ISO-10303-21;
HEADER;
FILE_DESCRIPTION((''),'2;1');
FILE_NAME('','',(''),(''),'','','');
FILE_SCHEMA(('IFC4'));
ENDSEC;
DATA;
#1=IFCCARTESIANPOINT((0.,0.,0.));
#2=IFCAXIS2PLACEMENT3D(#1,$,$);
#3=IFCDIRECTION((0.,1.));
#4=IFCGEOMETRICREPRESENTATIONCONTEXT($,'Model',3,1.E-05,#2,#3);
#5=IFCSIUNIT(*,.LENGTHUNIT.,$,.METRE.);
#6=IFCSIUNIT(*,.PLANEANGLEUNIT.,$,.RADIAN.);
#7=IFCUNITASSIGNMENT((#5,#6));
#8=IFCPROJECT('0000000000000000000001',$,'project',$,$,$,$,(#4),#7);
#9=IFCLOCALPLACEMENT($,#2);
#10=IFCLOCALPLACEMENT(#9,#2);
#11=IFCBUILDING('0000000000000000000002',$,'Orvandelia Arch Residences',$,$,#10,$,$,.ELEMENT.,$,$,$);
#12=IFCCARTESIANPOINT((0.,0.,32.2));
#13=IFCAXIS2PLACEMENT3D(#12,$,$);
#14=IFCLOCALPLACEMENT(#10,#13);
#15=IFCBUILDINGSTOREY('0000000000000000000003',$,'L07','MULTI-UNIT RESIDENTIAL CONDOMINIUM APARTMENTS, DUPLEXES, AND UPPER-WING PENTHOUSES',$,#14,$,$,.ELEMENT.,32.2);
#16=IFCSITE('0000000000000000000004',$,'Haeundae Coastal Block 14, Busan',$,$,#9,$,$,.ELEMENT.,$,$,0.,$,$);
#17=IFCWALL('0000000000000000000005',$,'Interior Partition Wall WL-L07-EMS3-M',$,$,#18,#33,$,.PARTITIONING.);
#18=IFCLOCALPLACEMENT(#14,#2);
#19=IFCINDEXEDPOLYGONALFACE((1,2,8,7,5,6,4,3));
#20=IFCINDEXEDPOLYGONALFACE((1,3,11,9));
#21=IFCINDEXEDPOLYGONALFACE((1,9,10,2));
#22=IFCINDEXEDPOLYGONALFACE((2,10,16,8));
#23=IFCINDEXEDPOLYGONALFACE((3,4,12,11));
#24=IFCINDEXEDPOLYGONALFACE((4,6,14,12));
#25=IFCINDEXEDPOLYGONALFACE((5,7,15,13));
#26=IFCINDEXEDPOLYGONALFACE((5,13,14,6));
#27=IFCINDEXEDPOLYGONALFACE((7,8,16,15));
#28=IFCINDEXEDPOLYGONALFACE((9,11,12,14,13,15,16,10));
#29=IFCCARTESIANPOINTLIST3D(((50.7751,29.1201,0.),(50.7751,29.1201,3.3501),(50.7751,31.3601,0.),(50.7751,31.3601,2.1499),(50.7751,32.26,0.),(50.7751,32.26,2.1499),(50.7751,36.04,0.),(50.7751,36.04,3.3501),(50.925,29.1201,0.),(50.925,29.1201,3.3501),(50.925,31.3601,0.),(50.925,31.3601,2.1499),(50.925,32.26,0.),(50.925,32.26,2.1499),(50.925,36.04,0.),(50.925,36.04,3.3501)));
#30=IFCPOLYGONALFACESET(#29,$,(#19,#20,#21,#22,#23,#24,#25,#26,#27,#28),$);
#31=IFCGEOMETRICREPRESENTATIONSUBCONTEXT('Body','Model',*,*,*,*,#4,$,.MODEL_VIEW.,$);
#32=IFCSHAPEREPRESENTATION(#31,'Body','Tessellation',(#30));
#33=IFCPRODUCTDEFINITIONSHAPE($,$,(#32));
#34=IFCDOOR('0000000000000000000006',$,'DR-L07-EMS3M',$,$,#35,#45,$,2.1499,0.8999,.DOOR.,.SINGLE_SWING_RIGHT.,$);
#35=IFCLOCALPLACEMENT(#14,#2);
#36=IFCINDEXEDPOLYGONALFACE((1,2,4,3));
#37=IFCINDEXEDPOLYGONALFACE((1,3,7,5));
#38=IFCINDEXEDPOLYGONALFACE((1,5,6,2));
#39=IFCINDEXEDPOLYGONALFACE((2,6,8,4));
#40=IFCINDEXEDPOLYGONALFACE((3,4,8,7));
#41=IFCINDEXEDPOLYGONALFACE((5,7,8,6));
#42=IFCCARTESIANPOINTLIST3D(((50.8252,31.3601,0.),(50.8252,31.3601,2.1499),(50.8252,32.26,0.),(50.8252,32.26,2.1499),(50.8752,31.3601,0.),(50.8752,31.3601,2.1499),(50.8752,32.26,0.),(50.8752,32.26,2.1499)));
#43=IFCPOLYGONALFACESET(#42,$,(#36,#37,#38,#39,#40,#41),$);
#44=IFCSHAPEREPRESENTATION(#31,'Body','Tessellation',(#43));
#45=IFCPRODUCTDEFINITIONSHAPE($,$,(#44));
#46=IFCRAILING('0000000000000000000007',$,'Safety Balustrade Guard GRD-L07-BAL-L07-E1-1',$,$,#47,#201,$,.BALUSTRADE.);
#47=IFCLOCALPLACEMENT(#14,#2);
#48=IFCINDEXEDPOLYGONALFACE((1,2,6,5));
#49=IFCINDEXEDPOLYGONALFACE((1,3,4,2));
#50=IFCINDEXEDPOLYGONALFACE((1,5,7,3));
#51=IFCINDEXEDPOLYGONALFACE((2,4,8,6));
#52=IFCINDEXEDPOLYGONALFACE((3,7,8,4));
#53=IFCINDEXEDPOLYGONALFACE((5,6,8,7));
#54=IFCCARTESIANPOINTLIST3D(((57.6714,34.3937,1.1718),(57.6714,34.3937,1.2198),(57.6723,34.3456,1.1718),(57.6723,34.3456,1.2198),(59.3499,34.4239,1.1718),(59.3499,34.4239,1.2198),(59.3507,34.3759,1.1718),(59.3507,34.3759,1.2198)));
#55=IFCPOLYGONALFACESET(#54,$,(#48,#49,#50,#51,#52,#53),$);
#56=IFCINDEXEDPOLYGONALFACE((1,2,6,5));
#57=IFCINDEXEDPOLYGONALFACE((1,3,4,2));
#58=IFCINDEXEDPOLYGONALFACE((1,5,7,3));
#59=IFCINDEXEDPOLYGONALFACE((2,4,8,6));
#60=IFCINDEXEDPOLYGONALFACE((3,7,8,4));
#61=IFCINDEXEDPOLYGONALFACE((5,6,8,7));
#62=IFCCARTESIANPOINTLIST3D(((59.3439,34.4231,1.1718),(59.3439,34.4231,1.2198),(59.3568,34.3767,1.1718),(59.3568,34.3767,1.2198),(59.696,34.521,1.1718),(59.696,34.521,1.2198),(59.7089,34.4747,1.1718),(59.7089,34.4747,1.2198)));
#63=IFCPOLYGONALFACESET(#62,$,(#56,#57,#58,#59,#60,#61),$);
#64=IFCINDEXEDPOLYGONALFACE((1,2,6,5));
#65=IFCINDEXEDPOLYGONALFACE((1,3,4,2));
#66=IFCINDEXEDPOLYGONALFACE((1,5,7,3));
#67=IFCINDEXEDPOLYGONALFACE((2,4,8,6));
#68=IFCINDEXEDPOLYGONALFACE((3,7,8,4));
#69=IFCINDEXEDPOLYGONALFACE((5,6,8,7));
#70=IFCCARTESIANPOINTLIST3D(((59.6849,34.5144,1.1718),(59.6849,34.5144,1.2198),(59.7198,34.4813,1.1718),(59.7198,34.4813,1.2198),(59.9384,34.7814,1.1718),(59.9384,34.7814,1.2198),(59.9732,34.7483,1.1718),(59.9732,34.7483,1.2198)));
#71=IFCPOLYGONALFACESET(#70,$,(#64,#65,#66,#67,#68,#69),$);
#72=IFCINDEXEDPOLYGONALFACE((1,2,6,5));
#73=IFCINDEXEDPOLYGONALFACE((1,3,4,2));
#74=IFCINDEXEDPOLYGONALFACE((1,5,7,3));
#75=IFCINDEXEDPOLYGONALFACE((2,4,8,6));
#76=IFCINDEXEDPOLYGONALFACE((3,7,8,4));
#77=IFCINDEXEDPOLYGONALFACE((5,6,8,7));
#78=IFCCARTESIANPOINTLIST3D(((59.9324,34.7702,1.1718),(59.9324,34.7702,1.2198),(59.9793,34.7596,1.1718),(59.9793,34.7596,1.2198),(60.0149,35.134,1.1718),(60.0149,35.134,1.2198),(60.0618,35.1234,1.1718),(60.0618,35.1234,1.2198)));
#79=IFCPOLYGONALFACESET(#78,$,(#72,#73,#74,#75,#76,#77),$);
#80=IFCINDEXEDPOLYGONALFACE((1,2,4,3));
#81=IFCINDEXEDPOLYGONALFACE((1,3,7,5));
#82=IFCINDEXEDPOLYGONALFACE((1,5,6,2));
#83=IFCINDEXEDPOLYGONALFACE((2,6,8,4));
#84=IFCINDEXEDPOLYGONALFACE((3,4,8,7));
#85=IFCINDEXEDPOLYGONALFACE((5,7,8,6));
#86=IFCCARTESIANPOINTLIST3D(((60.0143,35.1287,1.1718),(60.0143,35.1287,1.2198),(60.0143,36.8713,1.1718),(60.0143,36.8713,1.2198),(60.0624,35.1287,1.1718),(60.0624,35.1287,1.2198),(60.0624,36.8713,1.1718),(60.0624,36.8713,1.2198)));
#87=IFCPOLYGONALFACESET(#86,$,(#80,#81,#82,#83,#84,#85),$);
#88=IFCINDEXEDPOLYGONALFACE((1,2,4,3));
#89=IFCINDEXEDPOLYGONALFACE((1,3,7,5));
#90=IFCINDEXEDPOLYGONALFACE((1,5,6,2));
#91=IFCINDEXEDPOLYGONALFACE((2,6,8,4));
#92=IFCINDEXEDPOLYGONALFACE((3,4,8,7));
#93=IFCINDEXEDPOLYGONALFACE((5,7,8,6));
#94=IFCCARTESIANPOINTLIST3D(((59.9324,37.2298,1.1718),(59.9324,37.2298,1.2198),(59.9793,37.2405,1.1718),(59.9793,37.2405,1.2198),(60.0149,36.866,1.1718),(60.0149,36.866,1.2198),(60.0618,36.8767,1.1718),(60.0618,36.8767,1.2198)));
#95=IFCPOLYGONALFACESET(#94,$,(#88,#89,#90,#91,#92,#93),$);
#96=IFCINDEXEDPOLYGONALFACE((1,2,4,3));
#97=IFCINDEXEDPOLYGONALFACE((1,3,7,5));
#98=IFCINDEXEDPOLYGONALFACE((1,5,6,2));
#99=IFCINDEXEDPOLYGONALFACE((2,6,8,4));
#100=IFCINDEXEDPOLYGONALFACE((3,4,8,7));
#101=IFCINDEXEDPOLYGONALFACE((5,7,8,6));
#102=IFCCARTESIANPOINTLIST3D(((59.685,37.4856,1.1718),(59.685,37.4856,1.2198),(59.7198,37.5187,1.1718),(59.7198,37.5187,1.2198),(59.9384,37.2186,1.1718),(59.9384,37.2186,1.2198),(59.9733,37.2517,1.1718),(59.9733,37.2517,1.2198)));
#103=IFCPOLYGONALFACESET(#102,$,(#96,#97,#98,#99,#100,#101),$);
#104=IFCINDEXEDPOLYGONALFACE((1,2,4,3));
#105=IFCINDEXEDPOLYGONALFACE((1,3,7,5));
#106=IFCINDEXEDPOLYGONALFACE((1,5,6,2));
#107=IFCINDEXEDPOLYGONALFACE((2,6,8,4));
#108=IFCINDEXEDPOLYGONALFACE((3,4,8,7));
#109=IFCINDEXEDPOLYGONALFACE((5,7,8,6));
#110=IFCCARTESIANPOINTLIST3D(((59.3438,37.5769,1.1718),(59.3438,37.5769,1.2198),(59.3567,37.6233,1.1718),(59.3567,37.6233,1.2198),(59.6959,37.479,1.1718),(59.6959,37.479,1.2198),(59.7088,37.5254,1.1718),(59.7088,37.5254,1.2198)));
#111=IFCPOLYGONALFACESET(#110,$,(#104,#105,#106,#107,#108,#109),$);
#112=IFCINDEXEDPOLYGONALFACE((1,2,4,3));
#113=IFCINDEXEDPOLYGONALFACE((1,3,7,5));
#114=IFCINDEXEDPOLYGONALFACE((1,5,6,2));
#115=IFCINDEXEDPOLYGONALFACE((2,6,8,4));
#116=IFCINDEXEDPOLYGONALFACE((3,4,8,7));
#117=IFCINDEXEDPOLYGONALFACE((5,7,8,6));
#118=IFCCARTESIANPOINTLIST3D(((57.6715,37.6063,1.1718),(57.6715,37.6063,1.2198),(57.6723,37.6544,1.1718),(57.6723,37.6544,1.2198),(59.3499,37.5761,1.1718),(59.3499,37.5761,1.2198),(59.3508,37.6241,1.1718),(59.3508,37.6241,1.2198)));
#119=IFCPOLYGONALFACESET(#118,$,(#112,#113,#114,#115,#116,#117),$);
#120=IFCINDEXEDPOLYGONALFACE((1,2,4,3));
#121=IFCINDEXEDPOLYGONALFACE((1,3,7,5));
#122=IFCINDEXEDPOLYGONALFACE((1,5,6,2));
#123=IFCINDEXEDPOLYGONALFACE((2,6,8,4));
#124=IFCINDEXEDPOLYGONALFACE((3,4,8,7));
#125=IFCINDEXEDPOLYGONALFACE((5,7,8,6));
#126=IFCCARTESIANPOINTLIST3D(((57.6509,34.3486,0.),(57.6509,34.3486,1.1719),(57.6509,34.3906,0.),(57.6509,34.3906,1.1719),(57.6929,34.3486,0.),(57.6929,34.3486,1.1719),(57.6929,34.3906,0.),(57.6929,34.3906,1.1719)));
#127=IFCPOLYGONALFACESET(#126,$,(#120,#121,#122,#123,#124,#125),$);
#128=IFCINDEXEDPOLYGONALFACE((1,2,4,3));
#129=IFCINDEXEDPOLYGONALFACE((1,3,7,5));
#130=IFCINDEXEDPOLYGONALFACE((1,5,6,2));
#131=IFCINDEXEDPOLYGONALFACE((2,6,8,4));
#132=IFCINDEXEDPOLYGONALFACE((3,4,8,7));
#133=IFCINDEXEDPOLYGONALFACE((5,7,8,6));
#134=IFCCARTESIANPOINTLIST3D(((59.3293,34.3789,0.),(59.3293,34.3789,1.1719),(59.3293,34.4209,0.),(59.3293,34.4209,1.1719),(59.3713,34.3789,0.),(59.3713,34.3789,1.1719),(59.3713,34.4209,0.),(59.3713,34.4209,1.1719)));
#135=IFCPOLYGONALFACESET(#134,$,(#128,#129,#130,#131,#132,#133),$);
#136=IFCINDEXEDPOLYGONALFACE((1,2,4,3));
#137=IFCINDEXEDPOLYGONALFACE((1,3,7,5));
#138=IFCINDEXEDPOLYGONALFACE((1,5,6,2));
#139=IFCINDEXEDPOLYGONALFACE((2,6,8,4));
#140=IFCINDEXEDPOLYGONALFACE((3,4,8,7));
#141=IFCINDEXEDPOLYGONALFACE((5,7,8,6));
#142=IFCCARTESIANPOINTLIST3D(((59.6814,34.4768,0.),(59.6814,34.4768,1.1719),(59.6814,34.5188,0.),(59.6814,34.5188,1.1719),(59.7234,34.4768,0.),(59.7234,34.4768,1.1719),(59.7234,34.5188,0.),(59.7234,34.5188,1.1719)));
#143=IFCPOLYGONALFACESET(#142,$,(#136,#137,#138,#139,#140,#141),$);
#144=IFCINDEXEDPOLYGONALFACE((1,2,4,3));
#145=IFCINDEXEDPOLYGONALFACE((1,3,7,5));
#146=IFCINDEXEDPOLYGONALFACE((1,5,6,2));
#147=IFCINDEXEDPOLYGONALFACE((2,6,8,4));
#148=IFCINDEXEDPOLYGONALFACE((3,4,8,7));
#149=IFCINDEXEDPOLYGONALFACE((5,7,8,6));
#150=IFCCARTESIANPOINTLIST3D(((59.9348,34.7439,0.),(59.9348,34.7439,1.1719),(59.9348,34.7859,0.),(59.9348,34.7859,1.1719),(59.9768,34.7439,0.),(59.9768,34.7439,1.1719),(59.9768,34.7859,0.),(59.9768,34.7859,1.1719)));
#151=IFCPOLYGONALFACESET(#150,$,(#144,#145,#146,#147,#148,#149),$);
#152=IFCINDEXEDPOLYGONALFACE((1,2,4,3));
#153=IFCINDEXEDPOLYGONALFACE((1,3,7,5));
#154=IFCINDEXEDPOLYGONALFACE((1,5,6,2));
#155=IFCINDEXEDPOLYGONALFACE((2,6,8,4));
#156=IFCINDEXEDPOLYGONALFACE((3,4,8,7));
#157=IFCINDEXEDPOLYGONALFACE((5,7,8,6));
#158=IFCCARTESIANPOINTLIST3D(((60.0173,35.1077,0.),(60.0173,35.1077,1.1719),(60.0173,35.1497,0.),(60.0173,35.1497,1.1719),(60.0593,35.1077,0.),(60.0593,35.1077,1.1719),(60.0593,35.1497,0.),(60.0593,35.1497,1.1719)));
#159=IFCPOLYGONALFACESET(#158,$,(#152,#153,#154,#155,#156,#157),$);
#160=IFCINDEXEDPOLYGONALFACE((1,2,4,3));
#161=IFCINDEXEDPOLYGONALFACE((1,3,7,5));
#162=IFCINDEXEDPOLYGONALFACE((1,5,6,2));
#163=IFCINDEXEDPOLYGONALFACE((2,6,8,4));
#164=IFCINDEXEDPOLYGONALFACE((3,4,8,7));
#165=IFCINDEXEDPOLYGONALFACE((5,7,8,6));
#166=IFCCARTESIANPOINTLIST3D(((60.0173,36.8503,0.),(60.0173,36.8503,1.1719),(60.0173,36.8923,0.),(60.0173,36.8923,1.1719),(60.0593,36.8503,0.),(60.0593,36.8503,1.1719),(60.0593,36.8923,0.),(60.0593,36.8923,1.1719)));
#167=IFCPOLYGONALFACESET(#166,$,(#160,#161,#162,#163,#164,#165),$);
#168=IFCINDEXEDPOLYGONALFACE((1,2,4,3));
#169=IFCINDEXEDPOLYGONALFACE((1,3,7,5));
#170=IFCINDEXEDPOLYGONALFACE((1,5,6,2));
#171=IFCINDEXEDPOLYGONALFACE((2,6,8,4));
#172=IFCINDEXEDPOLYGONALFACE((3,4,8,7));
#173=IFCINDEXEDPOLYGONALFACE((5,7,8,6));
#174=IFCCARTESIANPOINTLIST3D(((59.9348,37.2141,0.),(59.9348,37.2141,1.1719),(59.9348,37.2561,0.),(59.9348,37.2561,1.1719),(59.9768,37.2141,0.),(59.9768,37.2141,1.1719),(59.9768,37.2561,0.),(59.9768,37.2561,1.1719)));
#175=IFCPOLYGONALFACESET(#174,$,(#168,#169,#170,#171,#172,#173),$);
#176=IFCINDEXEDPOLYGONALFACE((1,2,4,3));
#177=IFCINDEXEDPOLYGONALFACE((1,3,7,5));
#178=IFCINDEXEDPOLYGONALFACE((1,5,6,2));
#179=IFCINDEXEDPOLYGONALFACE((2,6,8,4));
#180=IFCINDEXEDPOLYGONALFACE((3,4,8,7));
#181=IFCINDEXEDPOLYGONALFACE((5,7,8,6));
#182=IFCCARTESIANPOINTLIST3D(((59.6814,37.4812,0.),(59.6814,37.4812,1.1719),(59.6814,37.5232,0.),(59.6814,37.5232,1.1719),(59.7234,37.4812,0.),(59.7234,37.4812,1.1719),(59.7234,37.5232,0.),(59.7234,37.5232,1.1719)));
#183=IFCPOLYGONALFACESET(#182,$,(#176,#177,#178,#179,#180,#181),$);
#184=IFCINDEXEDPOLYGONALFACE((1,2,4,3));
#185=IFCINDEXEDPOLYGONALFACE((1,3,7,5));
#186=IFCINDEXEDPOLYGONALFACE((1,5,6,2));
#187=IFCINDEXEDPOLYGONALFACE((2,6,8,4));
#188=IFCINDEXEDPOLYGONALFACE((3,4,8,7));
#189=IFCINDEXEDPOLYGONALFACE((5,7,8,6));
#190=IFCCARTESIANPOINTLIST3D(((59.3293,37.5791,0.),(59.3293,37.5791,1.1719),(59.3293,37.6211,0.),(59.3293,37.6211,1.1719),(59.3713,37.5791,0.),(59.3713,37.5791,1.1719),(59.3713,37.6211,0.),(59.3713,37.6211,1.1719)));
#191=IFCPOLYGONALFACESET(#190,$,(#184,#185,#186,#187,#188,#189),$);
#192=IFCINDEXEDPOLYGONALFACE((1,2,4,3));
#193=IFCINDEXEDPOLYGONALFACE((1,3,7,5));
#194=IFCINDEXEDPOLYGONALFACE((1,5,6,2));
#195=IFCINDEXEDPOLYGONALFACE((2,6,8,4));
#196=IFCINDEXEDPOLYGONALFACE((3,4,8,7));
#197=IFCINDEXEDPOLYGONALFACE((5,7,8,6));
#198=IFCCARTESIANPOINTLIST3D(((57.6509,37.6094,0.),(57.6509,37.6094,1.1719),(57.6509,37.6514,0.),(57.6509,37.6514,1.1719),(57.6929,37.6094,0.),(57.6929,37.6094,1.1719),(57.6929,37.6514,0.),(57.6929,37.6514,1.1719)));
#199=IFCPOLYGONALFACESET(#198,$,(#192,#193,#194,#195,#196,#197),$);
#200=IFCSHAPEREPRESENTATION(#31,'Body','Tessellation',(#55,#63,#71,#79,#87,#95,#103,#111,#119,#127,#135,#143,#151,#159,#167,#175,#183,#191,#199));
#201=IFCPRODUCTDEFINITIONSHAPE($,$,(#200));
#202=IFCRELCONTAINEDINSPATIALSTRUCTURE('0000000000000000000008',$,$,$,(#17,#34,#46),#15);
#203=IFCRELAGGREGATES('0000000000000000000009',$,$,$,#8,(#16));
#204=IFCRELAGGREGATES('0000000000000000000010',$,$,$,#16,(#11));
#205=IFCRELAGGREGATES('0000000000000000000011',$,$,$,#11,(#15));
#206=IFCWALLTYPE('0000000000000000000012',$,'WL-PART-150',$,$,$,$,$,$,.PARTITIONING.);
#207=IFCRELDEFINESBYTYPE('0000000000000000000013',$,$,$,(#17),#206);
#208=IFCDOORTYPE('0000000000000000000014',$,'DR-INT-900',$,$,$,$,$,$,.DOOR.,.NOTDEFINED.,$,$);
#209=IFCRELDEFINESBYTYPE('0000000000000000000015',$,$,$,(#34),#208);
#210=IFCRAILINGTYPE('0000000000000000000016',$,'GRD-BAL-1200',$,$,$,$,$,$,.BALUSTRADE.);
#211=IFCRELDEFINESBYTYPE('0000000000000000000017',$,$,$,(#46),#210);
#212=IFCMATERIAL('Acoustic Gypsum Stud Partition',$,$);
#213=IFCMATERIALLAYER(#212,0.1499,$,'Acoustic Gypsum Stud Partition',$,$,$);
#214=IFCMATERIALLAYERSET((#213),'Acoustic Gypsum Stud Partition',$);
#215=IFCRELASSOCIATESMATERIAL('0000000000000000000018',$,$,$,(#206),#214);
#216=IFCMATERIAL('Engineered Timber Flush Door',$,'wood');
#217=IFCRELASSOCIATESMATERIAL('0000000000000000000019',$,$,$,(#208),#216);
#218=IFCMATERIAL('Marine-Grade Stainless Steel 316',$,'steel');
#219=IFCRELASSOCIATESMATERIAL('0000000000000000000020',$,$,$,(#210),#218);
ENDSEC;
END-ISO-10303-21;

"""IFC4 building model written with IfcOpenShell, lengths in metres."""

from ifc_helpers import new_model, si_unit, direction, frame, frame_2d, origin, origin_2d, place, context, subcontext, project, spatial, rectangle, extrude, material, layer, layer_set, type_object, element, fill, save


model = new_model("IFC4")

# Units and contexts
model_context = context("Model", 3, precision=1e-05, world=origin(), true_north=direction((0.0, 1.0)))
body_context = subcontext(model_context, "Body", "Model", "MODEL_VIEW")
ifc_project = project(units=[si_unit("LENGTHUNIT", "METRE"), si_unit("PLANEANGLEUNIT", "RADIAN")], contexts=[model_context])

# Site, building, storey
site_placement = place(None, origin())
site = spatial("IfcSite", under=ifc_project, at=site_placement, Name="Haeundae Coastal Block 14, Busan", CompositionType="ELEMENT", RefElevation=0.0)
building_placement = place(site_placement, origin())
building = spatial("IfcBuilding", under=site, at=building_placement, Name="Orvandelia Arch Residences", CompositionType="ELEMENT")
storey_placement = place(building_placement, frame((0.0, 0.0, 32.2)))
storey = spatial("IfcBuildingStorey", under=building, at=storey_placement, Name="L07", Description="MULTI-UNIT RESIDENTIAL CONDOMINIUM APARTMENTS, DUPLEXES, AND UPPER-WING PENTHOUSES", CompositionType="ELEMENT", Elevation=32.2)

# Wall, opening, door
ifc_material_1 = material(Name="Acoustic Gypsum Stud Partition")
ifc_layer_1 = layer(ifc_material_1, 0.1499, Name="Acoustic Gypsum Stud Partition")
ifc_layer_set_1 = layer_set([ifc_layer_1], Name="Acoustic Gypsum Stud Partition")
wall_type_1 = type_object("IfcWallType", Name="WL-PART-150", PredefinedType="PARTITIONING", material=ifc_layer_set_1)
wall_1_placement = place(storey_placement, frame((50.8501, 29.1201, 0.0), z_axis=(0.0, 0.0, 1.0), x_axis=(0.0, 1.0, 0.0)))
wall_1 = element("IfcWall", 1, at=wall_1_placement, inside=storey, type_object=wall_type_1, Name="Interior Partition Wall WL-L07-EMS3-M", PredefinedType="PARTITIONING", context=body_context, shape_type="SweptSolid", body=[
    extrude(rectangle(XDim=6.9199, YDim=0.1499, at=frame_2d((3.46, 0.0))), origin(), (0.0, 0.0, 1.0), 3.3501),
])
opening_1_placement = place(wall_1_placement, frame((2.24, 0.0, 0.0)))
opening_1 = element("IfcOpeningElement", 2, at=opening_1_placement, cuts=wall_1, PredefinedType="OPENING", context=body_context, shape_type="SweptSolid", body=[
    extrude(rectangle(XDim=0.8999, YDim=2.1499, at=frame_2d((0.45, 1.075))), frame((0.0, 0.085, 0.0), z_axis=(0.0, -1.0, 0.0), x_axis=(1.0, 0.0, 0.0)), (0.0, 0.0, 1.0), 0.1699),
])
ifc_material_2 = material(Name="Engineered Timber Flush Door", Category="wood")
door_type = type_object("IfcDoorType", Name="DR-INT-900", OperationType="NOTDEFINED", PredefinedType="DOOR", material=ifc_material_2)
door_placement = place(opening_1_placement, origin())
door = element("IfcDoor", 3, at=door_placement, inside=storey, type_object=door_type, Name="DR-L07-EMS3M", OperationType="SINGLE_SWING_RIGHT", OverallHeight=2.1499, OverallWidth=0.8999, PredefinedType="DOOR", context=body_context, shape_type="SweptSolid", body=[
    extrude(rectangle(XDim=0.8999, YDim=2.1499, at=frame_2d((0.45, 1.075))), frame((0.0, 0.0249, 0.0), z_axis=(0.0, -1.0, 0.0), x_axis=(1.0, 0.0, 0.0)), (0.0, 0.0, 1.0), 0.05),
])
fill(opening_1, door)

# Railing
ifc_material_3 = material(Name="Marine-Grade Stainless Steel 316", Category="steel")
railing_type = type_object("IfcRailingType", Name="GRD-BAL-1200", PredefinedType="BALUSTRADE", material=ifc_material_3)
railing_placement = place(storey_placement, frame((57.6719, 34.3696, 0.0)))
element("IfcRailing", 4, at=railing_placement, inside=storey, type_object=railing_type, Name="Safety Balustrade Guard GRD-L07-BAL-L07-E1-1", PredefinedType="BALUSTRADE", context=body_context, shape_type="SweptSolid", body=[
    extrude(rectangle(XDim=0.0481, YDim=0.0481, at=origin_2d()), frame((0.0, 0.0, 1.1958), z_axis=(0.999837, 0.018033, 0.0), x_axis=(-0.018033, 0.999837, 0.0)), (0.0, 0.0, 1.0), 1.6787),
    extrude(rectangle(XDim=0.0481, YDim=0.0481, at=origin_2d()), frame((1.6785, 0.0303, 1.1958), z_axis=(0.963441, 0.26792, 0.0), x_axis=(-0.26792, 0.963441, 0.0)), (0.0, 0.0, 1.0), 0.3655),
    extrude(rectangle(XDim=0.0481, YDim=0.0481, at=origin_2d()), frame((2.0305, 0.1282, 1.1958), z_axis=(0.688296, 0.72543, 0.0), x_axis=(-0.72543, 0.688296, 0.0)), (0.0, 0.0, 1.0), 0.3682),
    extrude(rectangle(XDim=0.0481, YDim=0.0481, at=origin_2d()), frame((2.2839, 0.3953, 1.1958), z_axis=(0.221225, 0.975223, 0.0), x_axis=(-0.975223, 0.221225, 0.0)), (0.0, 0.0, 1.0), 0.373),
    extrude(rectangle(XDim=0.0481, YDim=0.0481, at=origin_2d()), frame((2.3665, 0.759, 1.1958), z_axis=(0.0, 1.0, 0.0), x_axis=(-1.0, 0.0, 0.0)), (0.0, 0.0, 1.0), 1.7427),
    extrude(rectangle(XDim=0.0481, YDim=0.0481, at=origin_2d()), frame((2.3665, 2.5017, 1.1958), z_axis=(-0.221225, 0.975223, 0.0), x_axis=(-0.975223, -0.221225, 0.0)), (0.0, 0.0, 1.0), 0.373),
    extrude(rectangle(XDim=0.0481, YDim=0.0481, at=origin_2d()), frame((2.2839, 2.8655, 1.1958), z_axis=(-0.688296, 0.72543, 0.0), x_axis=(-0.72543, -0.688296, 0.0)), (0.0, 0.0, 1.0), 0.3682),
    extrude(rectangle(XDim=0.0481, YDim=0.0481, at=origin_2d()), frame((2.0305, 3.1326, 1.1958), z_axis=(-0.963441, 0.26792, 0.0), x_axis=(-0.26792, -0.963441, 0.0)), (0.0, 0.0, 1.0), 0.3655),
    extrude(rectangle(XDim=0.0481, YDim=0.0481, at=origin_2d()), frame((1.6785, 3.2305, 1.1958), z_axis=(-0.999837, 0.018033, 0.0), x_axis=(-0.018033, -0.999837, 0.0)), (0.0, 0.0, 1.0), 1.6787),
    extrude(rectangle(XDim=0.042, YDim=0.042, at=origin_2d()), origin(), (0.0, 0.0, 1.0), 1.1719),
    extrude(rectangle(XDim=0.042, YDim=0.042, at=origin_2d()), frame((1.6785, 0.0303, 0.0)), (0.0, 0.0, 1.0), 1.1719),
    extrude(rectangle(XDim=0.042, YDim=0.042, at=origin_2d()), frame((2.0305, 0.1282, 0.0)), (0.0, 0.0, 1.0), 1.1719),
    extrude(rectangle(XDim=0.042, YDim=0.042, at=origin_2d()), frame((2.2839, 0.3953, 0.0)), (0.0, 0.0, 1.0), 1.1719),
    extrude(rectangle(XDim=0.042, YDim=0.042, at=origin_2d()), frame((2.3665, 0.759, 0.0)), (0.0, 0.0, 1.0), 1.1719),
    extrude(rectangle(XDim=0.042, YDim=0.042, at=origin_2d()), frame((2.3665, 2.5017, 0.0)), (0.0, 0.0, 1.0), 1.1719),
    extrude(rectangle(XDim=0.042, YDim=0.042, at=origin_2d()), frame((2.2839, 2.8655, 0.0)), (0.0, 0.0, 1.0), 1.1719),
    extrude(rectangle(XDim=0.042, YDim=0.042, at=origin_2d()), frame((2.0305, 3.1326, 0.0)), (0.0, 0.0, 1.0), 1.1719),
    extrude(rectangle(XDim=0.042, YDim=0.042, at=origin_2d()), frame((1.6785, 3.2305, 0.0)), (0.0, 0.0, 1.0), 1.1719),
    extrude(rectangle(XDim=0.042, YDim=0.042, at=origin_2d()), frame((0.0, 3.2607, 0.0)), (0.0, 0.0, 1.0), 1.1719),
])

save(model, "model.ifc")
